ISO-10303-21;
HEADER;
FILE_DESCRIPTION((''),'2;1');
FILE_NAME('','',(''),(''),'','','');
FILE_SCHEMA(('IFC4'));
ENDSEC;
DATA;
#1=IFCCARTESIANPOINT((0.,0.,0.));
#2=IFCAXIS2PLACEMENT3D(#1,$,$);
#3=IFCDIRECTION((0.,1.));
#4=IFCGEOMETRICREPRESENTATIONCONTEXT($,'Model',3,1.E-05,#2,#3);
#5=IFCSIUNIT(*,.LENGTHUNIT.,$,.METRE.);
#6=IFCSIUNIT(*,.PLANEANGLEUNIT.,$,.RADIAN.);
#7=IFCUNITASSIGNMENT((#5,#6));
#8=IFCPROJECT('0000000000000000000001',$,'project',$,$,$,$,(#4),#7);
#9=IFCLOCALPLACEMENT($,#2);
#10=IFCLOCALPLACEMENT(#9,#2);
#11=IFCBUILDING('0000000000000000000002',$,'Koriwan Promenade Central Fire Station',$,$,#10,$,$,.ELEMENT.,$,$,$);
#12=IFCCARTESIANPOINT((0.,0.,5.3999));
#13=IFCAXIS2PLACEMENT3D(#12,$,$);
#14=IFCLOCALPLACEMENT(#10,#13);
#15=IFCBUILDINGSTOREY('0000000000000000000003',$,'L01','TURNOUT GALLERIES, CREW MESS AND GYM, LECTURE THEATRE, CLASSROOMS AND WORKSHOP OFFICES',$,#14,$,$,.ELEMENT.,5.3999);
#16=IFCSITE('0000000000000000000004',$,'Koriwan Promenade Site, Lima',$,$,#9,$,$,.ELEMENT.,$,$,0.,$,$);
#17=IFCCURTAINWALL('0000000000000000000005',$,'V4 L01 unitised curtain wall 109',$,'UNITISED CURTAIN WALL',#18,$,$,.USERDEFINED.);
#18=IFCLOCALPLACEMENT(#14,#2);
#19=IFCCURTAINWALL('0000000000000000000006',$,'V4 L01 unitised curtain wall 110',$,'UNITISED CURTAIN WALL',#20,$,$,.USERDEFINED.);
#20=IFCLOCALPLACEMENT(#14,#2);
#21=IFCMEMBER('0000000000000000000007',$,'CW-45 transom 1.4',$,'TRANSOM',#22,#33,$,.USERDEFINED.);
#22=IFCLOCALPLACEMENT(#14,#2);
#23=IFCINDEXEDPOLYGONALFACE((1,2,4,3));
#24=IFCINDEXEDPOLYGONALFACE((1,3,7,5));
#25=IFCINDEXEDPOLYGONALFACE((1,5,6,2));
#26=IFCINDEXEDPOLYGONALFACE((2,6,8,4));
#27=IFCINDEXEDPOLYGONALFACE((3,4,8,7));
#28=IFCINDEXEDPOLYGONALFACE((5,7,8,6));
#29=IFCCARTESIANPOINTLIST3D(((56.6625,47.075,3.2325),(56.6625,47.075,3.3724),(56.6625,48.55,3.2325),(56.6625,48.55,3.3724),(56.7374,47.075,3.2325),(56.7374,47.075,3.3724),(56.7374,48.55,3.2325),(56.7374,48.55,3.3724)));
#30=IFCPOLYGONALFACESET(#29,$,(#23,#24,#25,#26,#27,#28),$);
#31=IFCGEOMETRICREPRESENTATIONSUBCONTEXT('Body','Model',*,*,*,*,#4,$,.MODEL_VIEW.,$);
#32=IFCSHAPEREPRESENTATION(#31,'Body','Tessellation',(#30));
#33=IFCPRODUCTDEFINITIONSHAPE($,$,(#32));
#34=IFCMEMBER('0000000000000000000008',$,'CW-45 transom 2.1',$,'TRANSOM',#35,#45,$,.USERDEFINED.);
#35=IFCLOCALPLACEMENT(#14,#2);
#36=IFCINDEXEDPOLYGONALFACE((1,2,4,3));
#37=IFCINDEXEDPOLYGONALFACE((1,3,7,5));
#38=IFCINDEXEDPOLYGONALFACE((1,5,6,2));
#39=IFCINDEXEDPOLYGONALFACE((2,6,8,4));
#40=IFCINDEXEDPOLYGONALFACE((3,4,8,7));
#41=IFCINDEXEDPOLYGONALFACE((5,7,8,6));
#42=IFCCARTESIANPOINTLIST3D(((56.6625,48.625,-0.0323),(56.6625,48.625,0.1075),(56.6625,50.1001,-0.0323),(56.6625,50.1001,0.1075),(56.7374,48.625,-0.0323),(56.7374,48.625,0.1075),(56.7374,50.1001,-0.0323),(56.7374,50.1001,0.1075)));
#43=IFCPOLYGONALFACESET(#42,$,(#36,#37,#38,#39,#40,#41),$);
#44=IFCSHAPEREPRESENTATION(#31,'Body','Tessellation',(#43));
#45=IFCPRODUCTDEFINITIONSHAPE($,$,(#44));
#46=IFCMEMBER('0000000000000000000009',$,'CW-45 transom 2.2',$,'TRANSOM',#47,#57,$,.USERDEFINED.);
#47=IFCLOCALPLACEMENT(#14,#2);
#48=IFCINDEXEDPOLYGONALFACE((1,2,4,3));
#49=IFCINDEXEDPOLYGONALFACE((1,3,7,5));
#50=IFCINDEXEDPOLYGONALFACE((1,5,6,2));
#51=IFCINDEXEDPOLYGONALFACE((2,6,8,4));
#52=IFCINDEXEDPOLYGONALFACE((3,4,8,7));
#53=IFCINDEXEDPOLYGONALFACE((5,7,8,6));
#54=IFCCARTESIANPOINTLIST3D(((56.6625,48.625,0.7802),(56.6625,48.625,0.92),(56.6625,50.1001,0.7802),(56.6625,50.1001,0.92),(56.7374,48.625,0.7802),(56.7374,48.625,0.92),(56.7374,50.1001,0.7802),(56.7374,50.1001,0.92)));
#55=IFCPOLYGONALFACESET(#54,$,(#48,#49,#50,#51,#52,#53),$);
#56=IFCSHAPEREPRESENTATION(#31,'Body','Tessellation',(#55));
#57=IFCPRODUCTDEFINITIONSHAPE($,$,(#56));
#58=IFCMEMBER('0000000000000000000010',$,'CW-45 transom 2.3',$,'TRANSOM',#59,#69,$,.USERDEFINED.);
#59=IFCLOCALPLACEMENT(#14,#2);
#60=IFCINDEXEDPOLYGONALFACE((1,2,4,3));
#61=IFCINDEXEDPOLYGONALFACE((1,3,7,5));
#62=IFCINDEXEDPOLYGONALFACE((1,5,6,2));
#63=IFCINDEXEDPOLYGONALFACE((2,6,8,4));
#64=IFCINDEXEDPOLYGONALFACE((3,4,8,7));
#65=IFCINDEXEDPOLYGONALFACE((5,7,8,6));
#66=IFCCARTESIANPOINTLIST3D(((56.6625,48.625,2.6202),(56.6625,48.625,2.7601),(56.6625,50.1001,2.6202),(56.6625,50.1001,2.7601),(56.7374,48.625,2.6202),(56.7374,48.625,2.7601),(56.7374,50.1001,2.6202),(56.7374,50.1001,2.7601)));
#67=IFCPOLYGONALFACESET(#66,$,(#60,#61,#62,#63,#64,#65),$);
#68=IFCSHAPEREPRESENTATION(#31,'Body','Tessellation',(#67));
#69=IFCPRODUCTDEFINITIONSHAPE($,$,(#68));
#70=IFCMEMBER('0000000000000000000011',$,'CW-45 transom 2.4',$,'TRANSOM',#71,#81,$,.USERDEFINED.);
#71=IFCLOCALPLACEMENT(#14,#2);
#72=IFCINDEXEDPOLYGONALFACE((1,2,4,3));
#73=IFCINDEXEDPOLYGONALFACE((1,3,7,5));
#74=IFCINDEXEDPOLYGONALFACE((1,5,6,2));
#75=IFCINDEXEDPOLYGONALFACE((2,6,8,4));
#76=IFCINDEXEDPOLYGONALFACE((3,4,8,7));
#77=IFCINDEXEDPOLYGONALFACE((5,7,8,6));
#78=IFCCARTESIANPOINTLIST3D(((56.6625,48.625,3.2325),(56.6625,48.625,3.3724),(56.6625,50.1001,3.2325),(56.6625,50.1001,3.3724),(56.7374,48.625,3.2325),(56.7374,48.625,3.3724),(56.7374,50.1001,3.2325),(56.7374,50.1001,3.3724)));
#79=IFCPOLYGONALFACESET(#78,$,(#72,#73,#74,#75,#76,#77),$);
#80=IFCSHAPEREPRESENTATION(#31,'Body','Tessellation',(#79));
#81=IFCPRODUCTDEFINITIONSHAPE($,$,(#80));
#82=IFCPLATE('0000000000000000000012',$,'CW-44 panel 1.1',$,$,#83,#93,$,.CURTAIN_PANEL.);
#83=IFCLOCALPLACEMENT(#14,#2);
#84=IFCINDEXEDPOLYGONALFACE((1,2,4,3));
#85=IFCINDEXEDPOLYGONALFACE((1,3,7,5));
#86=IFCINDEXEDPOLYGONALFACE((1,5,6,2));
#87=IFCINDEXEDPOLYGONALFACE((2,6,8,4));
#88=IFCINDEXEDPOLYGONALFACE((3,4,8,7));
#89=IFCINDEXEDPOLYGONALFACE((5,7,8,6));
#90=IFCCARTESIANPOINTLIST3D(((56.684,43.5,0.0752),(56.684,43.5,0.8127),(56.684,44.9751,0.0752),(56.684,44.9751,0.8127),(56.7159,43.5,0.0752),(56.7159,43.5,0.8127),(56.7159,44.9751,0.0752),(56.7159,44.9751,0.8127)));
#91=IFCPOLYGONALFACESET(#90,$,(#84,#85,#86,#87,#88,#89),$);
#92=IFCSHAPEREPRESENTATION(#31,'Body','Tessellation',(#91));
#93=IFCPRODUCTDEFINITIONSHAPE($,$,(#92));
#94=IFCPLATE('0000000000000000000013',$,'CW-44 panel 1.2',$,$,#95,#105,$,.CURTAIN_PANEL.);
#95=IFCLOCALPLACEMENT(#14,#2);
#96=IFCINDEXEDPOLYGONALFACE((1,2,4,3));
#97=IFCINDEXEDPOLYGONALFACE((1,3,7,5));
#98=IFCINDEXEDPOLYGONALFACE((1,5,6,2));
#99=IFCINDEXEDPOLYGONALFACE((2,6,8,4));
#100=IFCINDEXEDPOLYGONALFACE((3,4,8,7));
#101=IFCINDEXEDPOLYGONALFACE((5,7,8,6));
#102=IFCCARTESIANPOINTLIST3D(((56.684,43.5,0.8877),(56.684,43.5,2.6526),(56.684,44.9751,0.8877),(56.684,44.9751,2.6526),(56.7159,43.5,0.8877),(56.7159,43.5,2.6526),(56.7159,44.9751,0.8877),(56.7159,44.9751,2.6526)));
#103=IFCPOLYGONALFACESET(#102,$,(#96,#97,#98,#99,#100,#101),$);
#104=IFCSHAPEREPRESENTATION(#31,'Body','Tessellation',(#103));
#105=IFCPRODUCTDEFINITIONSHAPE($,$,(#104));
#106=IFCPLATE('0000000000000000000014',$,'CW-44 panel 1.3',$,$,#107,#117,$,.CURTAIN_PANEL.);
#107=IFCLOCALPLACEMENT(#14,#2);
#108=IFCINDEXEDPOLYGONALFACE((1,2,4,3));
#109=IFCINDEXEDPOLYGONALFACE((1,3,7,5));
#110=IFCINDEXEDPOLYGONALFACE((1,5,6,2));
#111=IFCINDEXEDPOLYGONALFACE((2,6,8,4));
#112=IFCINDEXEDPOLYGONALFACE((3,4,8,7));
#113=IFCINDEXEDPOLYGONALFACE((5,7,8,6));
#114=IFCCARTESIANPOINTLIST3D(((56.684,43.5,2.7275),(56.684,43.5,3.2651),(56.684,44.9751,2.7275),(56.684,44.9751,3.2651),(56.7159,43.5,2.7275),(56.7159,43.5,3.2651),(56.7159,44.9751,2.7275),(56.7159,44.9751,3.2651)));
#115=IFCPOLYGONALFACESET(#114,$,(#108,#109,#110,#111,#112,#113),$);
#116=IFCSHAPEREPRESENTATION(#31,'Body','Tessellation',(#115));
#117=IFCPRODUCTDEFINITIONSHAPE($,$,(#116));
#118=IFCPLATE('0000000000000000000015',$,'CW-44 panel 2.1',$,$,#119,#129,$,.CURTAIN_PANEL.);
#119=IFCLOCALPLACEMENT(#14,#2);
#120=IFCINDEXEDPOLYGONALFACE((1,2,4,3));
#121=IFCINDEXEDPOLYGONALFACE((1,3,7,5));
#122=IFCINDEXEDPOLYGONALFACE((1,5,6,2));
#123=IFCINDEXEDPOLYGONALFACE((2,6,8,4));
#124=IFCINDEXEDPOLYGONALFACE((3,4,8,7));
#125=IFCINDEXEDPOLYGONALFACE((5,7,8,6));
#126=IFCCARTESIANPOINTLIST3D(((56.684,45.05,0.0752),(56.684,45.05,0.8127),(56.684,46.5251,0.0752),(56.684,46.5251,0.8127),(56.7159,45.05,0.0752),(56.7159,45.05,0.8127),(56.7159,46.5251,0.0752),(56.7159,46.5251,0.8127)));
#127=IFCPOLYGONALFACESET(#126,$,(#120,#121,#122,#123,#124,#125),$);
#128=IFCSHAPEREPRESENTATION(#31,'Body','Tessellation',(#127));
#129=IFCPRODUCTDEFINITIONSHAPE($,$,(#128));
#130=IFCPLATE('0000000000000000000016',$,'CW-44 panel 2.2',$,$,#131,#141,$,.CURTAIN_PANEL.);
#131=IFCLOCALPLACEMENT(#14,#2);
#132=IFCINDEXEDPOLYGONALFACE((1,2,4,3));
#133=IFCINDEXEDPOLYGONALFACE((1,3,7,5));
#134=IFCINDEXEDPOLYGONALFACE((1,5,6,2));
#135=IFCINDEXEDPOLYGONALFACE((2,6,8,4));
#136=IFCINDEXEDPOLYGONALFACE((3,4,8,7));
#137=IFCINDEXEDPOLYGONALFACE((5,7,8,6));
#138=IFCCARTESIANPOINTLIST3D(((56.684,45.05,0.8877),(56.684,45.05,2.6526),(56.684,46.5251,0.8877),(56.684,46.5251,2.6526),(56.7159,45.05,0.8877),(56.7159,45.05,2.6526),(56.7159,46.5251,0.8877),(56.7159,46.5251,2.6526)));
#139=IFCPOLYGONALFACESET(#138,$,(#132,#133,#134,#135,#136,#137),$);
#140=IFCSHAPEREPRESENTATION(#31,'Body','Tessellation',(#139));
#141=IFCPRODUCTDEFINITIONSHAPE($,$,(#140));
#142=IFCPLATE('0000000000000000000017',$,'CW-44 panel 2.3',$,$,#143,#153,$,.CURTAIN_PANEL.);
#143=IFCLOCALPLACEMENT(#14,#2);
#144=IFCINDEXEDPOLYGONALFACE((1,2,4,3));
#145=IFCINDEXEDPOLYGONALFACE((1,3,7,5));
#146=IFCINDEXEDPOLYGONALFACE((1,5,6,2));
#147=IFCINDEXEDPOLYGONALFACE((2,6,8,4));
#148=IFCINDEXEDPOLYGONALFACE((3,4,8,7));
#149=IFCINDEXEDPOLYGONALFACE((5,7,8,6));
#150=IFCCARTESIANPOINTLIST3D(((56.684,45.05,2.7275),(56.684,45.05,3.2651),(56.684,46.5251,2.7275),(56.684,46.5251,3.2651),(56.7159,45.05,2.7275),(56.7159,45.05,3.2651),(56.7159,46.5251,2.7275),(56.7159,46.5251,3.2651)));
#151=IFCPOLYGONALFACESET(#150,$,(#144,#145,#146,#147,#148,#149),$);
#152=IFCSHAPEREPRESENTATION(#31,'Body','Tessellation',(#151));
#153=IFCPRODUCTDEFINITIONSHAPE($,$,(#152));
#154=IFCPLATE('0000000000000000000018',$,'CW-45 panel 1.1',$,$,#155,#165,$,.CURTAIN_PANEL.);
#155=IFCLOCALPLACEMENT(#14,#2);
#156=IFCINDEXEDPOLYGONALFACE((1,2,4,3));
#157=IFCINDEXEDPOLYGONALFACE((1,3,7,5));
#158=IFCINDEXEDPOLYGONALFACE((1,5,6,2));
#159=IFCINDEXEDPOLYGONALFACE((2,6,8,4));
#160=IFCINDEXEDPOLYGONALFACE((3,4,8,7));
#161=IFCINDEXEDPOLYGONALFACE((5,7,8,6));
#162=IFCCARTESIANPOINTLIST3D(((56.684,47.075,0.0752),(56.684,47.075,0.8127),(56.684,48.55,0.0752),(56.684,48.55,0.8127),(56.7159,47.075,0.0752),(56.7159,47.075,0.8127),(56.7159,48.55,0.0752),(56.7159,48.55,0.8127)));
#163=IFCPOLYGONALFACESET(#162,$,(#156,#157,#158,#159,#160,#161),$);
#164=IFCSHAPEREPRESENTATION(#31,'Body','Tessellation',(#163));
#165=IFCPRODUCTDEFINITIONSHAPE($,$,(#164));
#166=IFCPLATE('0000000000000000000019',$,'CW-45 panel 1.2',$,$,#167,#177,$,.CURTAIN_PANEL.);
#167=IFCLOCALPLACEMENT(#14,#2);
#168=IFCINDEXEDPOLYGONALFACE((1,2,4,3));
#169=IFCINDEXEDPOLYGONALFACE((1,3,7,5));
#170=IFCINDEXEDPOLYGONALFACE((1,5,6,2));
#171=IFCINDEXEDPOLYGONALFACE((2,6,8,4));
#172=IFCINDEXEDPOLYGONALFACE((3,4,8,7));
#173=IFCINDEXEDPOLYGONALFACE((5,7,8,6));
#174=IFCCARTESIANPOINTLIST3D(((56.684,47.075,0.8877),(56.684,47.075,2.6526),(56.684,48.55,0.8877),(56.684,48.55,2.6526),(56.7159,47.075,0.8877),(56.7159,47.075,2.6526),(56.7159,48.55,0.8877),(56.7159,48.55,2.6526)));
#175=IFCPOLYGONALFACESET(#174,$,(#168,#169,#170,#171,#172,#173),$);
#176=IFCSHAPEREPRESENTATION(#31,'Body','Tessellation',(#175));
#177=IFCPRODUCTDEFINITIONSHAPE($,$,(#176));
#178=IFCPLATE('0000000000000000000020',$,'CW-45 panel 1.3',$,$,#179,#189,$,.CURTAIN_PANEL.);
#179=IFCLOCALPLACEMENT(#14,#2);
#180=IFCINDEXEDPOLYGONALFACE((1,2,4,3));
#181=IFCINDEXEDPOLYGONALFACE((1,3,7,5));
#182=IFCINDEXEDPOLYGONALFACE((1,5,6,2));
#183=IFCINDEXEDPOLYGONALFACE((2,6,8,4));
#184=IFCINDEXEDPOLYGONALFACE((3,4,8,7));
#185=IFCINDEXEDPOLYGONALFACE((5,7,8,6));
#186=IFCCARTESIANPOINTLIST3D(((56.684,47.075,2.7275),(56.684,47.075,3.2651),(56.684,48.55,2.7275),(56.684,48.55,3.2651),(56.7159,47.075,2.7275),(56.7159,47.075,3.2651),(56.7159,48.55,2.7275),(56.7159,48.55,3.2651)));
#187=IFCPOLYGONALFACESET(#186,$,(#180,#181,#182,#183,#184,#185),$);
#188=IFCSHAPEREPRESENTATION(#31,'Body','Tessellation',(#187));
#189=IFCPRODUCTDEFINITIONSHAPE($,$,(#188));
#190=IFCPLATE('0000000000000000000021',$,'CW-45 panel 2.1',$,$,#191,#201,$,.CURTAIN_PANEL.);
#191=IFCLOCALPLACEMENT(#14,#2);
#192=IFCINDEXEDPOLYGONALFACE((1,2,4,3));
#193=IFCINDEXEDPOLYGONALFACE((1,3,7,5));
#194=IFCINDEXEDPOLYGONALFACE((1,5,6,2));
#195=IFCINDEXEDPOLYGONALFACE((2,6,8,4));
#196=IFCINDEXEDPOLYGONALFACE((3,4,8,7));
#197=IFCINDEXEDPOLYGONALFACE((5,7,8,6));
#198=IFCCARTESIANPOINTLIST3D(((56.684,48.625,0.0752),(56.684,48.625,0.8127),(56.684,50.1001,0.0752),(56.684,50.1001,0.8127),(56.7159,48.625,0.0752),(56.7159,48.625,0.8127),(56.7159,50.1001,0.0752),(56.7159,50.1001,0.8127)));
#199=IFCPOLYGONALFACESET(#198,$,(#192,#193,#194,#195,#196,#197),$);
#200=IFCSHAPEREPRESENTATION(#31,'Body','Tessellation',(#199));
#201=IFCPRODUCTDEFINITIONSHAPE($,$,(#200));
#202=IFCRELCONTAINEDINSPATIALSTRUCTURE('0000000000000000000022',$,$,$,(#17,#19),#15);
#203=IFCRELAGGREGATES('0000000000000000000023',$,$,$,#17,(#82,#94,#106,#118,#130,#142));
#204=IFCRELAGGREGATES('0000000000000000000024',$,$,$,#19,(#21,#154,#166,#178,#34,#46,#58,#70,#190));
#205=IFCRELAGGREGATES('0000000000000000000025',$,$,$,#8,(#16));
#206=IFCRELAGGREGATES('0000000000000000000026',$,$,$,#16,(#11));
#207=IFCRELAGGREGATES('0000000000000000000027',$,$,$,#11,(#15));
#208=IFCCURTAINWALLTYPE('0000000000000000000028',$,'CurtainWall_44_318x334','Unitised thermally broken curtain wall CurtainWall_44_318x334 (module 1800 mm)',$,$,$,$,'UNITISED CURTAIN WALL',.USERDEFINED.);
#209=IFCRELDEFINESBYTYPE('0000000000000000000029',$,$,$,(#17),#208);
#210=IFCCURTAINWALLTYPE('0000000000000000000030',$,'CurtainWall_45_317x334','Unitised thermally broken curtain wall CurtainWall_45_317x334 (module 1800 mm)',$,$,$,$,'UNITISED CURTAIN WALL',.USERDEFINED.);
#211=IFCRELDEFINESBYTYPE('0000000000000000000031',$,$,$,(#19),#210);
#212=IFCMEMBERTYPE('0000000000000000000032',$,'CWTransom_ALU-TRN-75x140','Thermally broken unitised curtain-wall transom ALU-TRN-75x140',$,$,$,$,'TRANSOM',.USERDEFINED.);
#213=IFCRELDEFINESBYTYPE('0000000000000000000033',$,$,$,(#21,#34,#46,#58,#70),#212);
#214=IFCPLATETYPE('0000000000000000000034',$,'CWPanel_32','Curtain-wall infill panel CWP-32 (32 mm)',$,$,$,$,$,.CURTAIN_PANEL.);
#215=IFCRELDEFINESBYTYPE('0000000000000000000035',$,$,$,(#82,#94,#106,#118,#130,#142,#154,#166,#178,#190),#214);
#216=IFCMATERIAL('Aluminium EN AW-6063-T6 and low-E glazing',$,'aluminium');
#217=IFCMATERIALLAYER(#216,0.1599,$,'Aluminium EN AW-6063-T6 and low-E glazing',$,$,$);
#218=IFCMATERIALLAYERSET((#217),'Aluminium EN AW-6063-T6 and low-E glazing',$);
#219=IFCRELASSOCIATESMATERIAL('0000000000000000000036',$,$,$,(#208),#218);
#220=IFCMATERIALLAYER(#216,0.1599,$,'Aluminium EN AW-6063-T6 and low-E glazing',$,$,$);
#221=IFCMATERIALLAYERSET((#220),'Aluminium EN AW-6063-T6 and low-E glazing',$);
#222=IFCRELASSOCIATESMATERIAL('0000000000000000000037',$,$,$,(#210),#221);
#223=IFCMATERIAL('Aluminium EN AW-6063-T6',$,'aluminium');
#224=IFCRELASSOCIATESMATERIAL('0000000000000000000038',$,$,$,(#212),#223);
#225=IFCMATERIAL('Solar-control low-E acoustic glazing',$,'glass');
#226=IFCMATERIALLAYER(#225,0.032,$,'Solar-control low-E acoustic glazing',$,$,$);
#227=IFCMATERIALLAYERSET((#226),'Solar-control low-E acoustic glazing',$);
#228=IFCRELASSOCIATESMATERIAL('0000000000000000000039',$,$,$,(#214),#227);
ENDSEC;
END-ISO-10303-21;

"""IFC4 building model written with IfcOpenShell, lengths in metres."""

from ifc_helpers import new_model, si_unit, direction, frame, origin, origin_2d, place, context, subcontext, project, spatial, rectangle, extrude, material, layer, layer_set, material_profile, profile_set, type_object, element, aggregate, save


model = new_model("IFC4")

# Units and contexts
model_context = context("Model", 3, precision=1e-05, world=origin(), true_north=direction((0.0, 1.0)))
body_context = subcontext(model_context, "Body", "Model", "MODEL_VIEW")
ifc_project = project(units=[si_unit("LENGTHUNIT", "METRE"), si_unit("PLANEANGLEUNIT", "RADIAN")], contexts=[model_context])

# Site, building, storey
site_placement = place(None, origin())
site = spatial("IfcSite", under=ifc_project, at=site_placement, Name="Koriwan Promenade Site, Lima", CompositionType="ELEMENT", RefElevation=0.0)
building_placement = place(site_placement, origin())
building = spatial("IfcBuilding", under=site, at=building_placement, Name="Koriwan Promenade Central Fire Station", CompositionType="ELEMENT")
storey_placement = place(building_placement, frame((0.0, 0.0, 5.3999)))
storey = spatial("IfcBuildingStorey", under=building, at=storey_placement, Name="L01", Description="TURNOUT GALLERIES, CREW MESS AND GYM, LECTURE THEATRE, CLASSROOMS AND WORKSHOP OFFICES", CompositionType="ELEMENT", Elevation=5.3999)

# Curtain walls
ifc_material_1 = material(Name="Aluminium EN AW-6063-T6 and low-E glazing", Category="aluminium")
ifc_layer_1 = layer(ifc_material_1, 0.1599, Name="Aluminium EN AW-6063-T6 and low-E glazing")
ifc_layer_set_1 = layer_set([ifc_layer_1], Name="Aluminium EN AW-6063-T6 and low-E glazing")
curtain_wall_type_1 = type_object("IfcCurtainWallType", Name="CurtainWall_44_318x334", Description="Unitised thermally broken curtain wall CurtainWall_44_318x334 (module 1800 mm)", ElementType="UNITISED CURTAIN WALL", PredefinedType="USERDEFINED", material=ifc_layer_set_1)
curtain_wall_1_placement = place(storey_placement, origin())
curtain_wall_1 = element("IfcCurtainWall", 1, at=curtain_wall_1_placement, inside=storey, type_object=curtain_wall_type_1, Name="V4 L01 unitised curtain wall 109", ObjectType="UNITISED CURTAIN WALL", PredefinedType="USERDEFINED")
ifc_material_2 = material(Name="Aluminium EN AW-6063-T6", Category="aluminium")
ifc_layer_2 = layer(ifc_material_1, 0.1599, Name="Aluminium EN AW-6063-T6 and low-E glazing")
ifc_layer_set_2 = layer_set([ifc_layer_2], Name="Aluminium EN AW-6063-T6 and low-E glazing")
curtain_wall_type_2 = type_object("IfcCurtainWallType", Name="CurtainWall_45_317x334", Description="Unitised thermally broken curtain wall CurtainWall_45_317x334 (module 1800 mm)", ElementType="UNITISED CURTAIN WALL", PredefinedType="USERDEFINED", material=ifc_layer_set_2)
curtain_wall_2_placement = place(storey_placement, origin())
curtain_wall_2 = element("IfcCurtainWall", 2, at=curtain_wall_2_placement, inside=storey, type_object=curtain_wall_type_2, Name="V4 L01 unitised curtain wall 110", ObjectType="UNITISED CURTAIN WALL", PredefinedType="USERDEFINED")

# Members
ifc_material_profile_1 = material_profile(ifc_material_2, rectangle(XDim=0.075, YDim=0.1399, at=origin_2d()), Name="ALU-TRN-75x140")
ifc_profile_set_1 = profile_set([ifc_material_profile_1], Name="Aluminium EN AW-6063-T6")
member_type_1 = type_object("IfcMemberType", Name="CWTransom_ALU-TRN-75x140", Description="Thermally broken unitised curtain-wall transom ALU-TRN-75x140", ElementType="TRANSOM", PredefinedType="USERDEFINED", material=ifc_profile_set_1)
member_1_placement = place(storey_placement, frame((56.7, 47.075, 3.3025), z_axis=(0.0, 1.0, 0.0), x_axis=(-1.0, 0.0, 0.0)))
member_1 = element("IfcMember", 3, at=member_1_placement, type_object=member_type_1, Name="CW-45 transom 1.4", ObjectType="TRANSOM", PredefinedType="USERDEFINED", context=body_context, shape_type="SweptSolid", body=[
    extrude(rectangle(XDim=0.075, YDim=0.1399, at=origin_2d()), origin(), (0.0, 0.0, 1.0), 1.4751),
])
member_2_placement = place(storey_placement, frame((56.7, 48.625, 0.0376), z_axis=(0.0, 1.0, 0.0), x_axis=(-1.0, 0.0, 0.0)))
member_2 = element("IfcMember", 4, at=member_2_placement, type_object=member_type_1, Name="CW-45 transom 2.1", ObjectType="TRANSOM", PredefinedType="USERDEFINED", context=body_context, shape_type="SweptSolid", body=[
    extrude(rectangle(XDim=0.075, YDim=0.1399, at=origin_2d()), origin(), (0.0, 0.0, 1.0), 1.4751),
])
member_3_placement = place(storey_placement, frame((56.7, 48.625, 0.8501), z_axis=(0.0, 1.0, 0.0), x_axis=(-1.0, 0.0, 0.0)))
member_3 = element("IfcMember", 5, at=member_3_placement, type_object=member_type_1, Name="CW-45 transom 2.2", ObjectType="TRANSOM", PredefinedType="USERDEFINED", context=body_context, shape_type="SweptSolid", body=[
    extrude(rectangle(XDim=0.075, YDim=0.1399, at=origin_2d()), origin(), (0.0, 0.0, 1.0), 1.4751),
])
member_4_placement = place(storey_placement, frame((56.7, 48.625, 2.6902), z_axis=(0.0, 1.0, 0.0), x_axis=(-1.0, 0.0, 0.0)))
member_4 = element("IfcMember", 6, at=member_4_placement, type_object=member_type_1, Name="CW-45 transom 2.3", ObjectType="TRANSOM", PredefinedType="USERDEFINED", context=body_context, shape_type="SweptSolid", body=[
    extrude(rectangle(XDim=0.075, YDim=0.1399, at=origin_2d()), origin(), (0.0, 0.0, 1.0), 1.4751),
])
member_5_placement = place(storey_placement, frame((56.7, 48.625, 3.3025), z_axis=(0.0, 1.0, 0.0), x_axis=(-1.0, 0.0, 0.0)))
member_5 = element("IfcMember", 7, at=member_5_placement, type_object=member_type_1, Name="CW-45 transom 2.4", ObjectType="TRANSOM", PredefinedType="USERDEFINED", context=body_context, shape_type="SweptSolid", body=[
    extrude(rectangle(XDim=0.075, YDim=0.1399, at=origin_2d()), origin(), (0.0, 0.0, 1.0), 1.4751),
])

# Plates
ifc_material_3 = material(Name="Solar-control low-E acoustic glazing", Category="glass")
ifc_layer_3 = layer(ifc_material_3, 0.032, Name="Solar-control low-E acoustic glazing")
ifc_layer_set_3 = layer_set([ifc_layer_3], Name="Solar-control low-E acoustic glazing")
plate_type = type_object("IfcPlateType", Name="CWPanel_32", Description="Curtain-wall infill panel CWP-32 (32 mm)", PredefinedType="CURTAIN_PANEL", material=ifc_layer_set_3)
plate_1_placement = place(storey_placement, frame((56.7, 44.2375, 0.0752), z_axis=(0.0, 0.0, 1.0), x_axis=(0.0, 1.0, 0.0)))
plate_1 = element("IfcPlate", 8, at=plate_1_placement, type_object=plate_type, Name="CW-44 panel 1.1", PredefinedType="CURTAIN_PANEL", context=body_context, shape_type="SweptSolid", body=[
    extrude(rectangle(XDim=1.4751, YDim=0.032, at=origin_2d()), origin(), (0.0, 0.0, 1.0), 0.7375),
])
plate_2_placement = place(storey_placement, frame((56.7, 44.2375, 0.8877), z_axis=(0.0, 0.0, 1.0), x_axis=(0.0, 1.0, 0.0)))
plate_2 = element("IfcPlate", 9, at=plate_2_placement, type_object=plate_type, Name="CW-44 panel 1.2", PredefinedType="CURTAIN_PANEL", context=body_context, shape_type="SweptSolid", body=[
    extrude(rectangle(XDim=1.4751, YDim=0.032, at=origin_2d()), origin(), (0.0, 0.0, 1.0), 1.7649),
])
plate_3_placement = place(storey_placement, frame((56.7, 44.2375, 2.7275), z_axis=(0.0, 0.0, 1.0), x_axis=(0.0, 1.0, 0.0)))
plate_3 = element("IfcPlate", 10, at=plate_3_placement, type_object=plate_type, Name="CW-44 panel 1.3", PredefinedType="CURTAIN_PANEL", context=body_context, shape_type="SweptSolid", body=[
    extrude(rectangle(XDim=1.4751, YDim=0.032, at=origin_2d()), origin(), (0.0, 0.0, 1.0), 0.5376),
])
plate_4_placement = place(storey_placement, frame((56.7, 45.7876, 0.0752), z_axis=(0.0, 0.0, 1.0), x_axis=(0.0, 1.0, 0.0)))
plate_4 = element("IfcPlate", 11, at=plate_4_placement, type_object=plate_type, Name="CW-44 panel 2.1", PredefinedType="CURTAIN_PANEL", context=body_context, shape_type="SweptSolid", body=[
    extrude(rectangle(XDim=1.4751, YDim=0.032, at=origin_2d()), origin(), (0.0, 0.0, 1.0), 0.7375),
])
plate_5_placement = place(storey_placement, frame((56.7, 45.7876, 0.8877), z_axis=(0.0, 0.0, 1.0), x_axis=(0.0, 1.0, 0.0)))
plate_5 = element("IfcPlate", 12, at=plate_5_placement, type_object=plate_type, Name="CW-44 panel 2.2", PredefinedType="CURTAIN_PANEL", context=body_context, shape_type="SweptSolid", body=[
    extrude(rectangle(XDim=1.4751, YDim=0.032, at=origin_2d()), origin(), (0.0, 0.0, 1.0), 1.7649),
])
plate_6_placement = place(storey_placement, frame((56.7, 45.7876, 2.7275), z_axis=(0.0, 0.0, 1.0), x_axis=(0.0, 1.0, 0.0)))
plate_6 = element("IfcPlate", 13, at=plate_6_placement, type_object=plate_type, Name="CW-44 panel 2.3", PredefinedType="CURTAIN_PANEL", context=body_context, shape_type="SweptSolid", body=[
    extrude(rectangle(XDim=1.4751, YDim=0.032, at=origin_2d()), origin(), (0.0, 0.0, 1.0), 0.5376),
])
aggregate(curtain_wall_1, [plate_1, plate_2, plate_3, plate_4, plate_5, plate_6])
plate_7_placement = place(storey_placement, frame((56.7, 47.8125, 0.0752), z_axis=(0.0, 0.0, 1.0), x_axis=(0.0, 1.0, 0.0)))
plate_7 = element("IfcPlate", 14, at=plate_7_placement, type_object=plate_type, Name="CW-45 panel 1.1", PredefinedType="CURTAIN_PANEL", context=body_context, shape_type="SweptSolid", body=[
    extrude(rectangle(XDim=1.4751, YDim=0.032, at=origin_2d()), origin(), (0.0, 0.0, 1.0), 0.7375),
])
plate_8_placement = place(storey_placement, frame((56.7, 47.8125, 0.8877), z_axis=(0.0, 0.0, 1.0), x_axis=(0.0, 1.0, 0.0)))
plate_8 = element("IfcPlate", 15, at=plate_8_placement, type_object=plate_type, Name="CW-45 panel 1.2", PredefinedType="CURTAIN_PANEL", context=body_context, shape_type="SweptSolid", body=[
    extrude(rectangle(XDim=1.4751, YDim=0.032, at=origin_2d()), origin(), (0.0, 0.0, 1.0), 1.7649),
])
plate_9_placement = place(storey_placement, frame((56.7, 47.8125, 2.7275), z_axis=(0.0, 0.0, 1.0), x_axis=(0.0, 1.0, 0.0)))
plate_9 = element("IfcPlate", 16, at=plate_9_placement, type_object=plate_type, Name="CW-45 panel 1.3", PredefinedType="CURTAIN_PANEL", context=body_context, shape_type="SweptSolid", body=[
    extrude(rectangle(XDim=1.4751, YDim=0.032, at=origin_2d()), origin(), (0.0, 0.0, 1.0), 0.5376),
])
plate_10_placement = place(storey_placement, frame((56.7, 49.3625, 0.0752), z_axis=(0.0, 0.0, 1.0), x_axis=(0.0, 1.0, 0.0)))
plate_10 = element("IfcPlate", 17, at=plate_10_placement, type_object=plate_type, Name="CW-45 panel 2.1", PredefinedType="CURTAIN_PANEL", context=body_context, shape_type="SweptSolid", body=[
    extrude(rectangle(XDim=1.4751, YDim=0.032, at=origin_2d()), origin(), (0.0, 0.0, 1.0), 0.7375),
])
aggregate(curtain_wall_2, [member_1, plate_7, plate_8, plate_9, member_2, member_3, member_4, member_5, plate_10])

save(model, "model.ifc")
